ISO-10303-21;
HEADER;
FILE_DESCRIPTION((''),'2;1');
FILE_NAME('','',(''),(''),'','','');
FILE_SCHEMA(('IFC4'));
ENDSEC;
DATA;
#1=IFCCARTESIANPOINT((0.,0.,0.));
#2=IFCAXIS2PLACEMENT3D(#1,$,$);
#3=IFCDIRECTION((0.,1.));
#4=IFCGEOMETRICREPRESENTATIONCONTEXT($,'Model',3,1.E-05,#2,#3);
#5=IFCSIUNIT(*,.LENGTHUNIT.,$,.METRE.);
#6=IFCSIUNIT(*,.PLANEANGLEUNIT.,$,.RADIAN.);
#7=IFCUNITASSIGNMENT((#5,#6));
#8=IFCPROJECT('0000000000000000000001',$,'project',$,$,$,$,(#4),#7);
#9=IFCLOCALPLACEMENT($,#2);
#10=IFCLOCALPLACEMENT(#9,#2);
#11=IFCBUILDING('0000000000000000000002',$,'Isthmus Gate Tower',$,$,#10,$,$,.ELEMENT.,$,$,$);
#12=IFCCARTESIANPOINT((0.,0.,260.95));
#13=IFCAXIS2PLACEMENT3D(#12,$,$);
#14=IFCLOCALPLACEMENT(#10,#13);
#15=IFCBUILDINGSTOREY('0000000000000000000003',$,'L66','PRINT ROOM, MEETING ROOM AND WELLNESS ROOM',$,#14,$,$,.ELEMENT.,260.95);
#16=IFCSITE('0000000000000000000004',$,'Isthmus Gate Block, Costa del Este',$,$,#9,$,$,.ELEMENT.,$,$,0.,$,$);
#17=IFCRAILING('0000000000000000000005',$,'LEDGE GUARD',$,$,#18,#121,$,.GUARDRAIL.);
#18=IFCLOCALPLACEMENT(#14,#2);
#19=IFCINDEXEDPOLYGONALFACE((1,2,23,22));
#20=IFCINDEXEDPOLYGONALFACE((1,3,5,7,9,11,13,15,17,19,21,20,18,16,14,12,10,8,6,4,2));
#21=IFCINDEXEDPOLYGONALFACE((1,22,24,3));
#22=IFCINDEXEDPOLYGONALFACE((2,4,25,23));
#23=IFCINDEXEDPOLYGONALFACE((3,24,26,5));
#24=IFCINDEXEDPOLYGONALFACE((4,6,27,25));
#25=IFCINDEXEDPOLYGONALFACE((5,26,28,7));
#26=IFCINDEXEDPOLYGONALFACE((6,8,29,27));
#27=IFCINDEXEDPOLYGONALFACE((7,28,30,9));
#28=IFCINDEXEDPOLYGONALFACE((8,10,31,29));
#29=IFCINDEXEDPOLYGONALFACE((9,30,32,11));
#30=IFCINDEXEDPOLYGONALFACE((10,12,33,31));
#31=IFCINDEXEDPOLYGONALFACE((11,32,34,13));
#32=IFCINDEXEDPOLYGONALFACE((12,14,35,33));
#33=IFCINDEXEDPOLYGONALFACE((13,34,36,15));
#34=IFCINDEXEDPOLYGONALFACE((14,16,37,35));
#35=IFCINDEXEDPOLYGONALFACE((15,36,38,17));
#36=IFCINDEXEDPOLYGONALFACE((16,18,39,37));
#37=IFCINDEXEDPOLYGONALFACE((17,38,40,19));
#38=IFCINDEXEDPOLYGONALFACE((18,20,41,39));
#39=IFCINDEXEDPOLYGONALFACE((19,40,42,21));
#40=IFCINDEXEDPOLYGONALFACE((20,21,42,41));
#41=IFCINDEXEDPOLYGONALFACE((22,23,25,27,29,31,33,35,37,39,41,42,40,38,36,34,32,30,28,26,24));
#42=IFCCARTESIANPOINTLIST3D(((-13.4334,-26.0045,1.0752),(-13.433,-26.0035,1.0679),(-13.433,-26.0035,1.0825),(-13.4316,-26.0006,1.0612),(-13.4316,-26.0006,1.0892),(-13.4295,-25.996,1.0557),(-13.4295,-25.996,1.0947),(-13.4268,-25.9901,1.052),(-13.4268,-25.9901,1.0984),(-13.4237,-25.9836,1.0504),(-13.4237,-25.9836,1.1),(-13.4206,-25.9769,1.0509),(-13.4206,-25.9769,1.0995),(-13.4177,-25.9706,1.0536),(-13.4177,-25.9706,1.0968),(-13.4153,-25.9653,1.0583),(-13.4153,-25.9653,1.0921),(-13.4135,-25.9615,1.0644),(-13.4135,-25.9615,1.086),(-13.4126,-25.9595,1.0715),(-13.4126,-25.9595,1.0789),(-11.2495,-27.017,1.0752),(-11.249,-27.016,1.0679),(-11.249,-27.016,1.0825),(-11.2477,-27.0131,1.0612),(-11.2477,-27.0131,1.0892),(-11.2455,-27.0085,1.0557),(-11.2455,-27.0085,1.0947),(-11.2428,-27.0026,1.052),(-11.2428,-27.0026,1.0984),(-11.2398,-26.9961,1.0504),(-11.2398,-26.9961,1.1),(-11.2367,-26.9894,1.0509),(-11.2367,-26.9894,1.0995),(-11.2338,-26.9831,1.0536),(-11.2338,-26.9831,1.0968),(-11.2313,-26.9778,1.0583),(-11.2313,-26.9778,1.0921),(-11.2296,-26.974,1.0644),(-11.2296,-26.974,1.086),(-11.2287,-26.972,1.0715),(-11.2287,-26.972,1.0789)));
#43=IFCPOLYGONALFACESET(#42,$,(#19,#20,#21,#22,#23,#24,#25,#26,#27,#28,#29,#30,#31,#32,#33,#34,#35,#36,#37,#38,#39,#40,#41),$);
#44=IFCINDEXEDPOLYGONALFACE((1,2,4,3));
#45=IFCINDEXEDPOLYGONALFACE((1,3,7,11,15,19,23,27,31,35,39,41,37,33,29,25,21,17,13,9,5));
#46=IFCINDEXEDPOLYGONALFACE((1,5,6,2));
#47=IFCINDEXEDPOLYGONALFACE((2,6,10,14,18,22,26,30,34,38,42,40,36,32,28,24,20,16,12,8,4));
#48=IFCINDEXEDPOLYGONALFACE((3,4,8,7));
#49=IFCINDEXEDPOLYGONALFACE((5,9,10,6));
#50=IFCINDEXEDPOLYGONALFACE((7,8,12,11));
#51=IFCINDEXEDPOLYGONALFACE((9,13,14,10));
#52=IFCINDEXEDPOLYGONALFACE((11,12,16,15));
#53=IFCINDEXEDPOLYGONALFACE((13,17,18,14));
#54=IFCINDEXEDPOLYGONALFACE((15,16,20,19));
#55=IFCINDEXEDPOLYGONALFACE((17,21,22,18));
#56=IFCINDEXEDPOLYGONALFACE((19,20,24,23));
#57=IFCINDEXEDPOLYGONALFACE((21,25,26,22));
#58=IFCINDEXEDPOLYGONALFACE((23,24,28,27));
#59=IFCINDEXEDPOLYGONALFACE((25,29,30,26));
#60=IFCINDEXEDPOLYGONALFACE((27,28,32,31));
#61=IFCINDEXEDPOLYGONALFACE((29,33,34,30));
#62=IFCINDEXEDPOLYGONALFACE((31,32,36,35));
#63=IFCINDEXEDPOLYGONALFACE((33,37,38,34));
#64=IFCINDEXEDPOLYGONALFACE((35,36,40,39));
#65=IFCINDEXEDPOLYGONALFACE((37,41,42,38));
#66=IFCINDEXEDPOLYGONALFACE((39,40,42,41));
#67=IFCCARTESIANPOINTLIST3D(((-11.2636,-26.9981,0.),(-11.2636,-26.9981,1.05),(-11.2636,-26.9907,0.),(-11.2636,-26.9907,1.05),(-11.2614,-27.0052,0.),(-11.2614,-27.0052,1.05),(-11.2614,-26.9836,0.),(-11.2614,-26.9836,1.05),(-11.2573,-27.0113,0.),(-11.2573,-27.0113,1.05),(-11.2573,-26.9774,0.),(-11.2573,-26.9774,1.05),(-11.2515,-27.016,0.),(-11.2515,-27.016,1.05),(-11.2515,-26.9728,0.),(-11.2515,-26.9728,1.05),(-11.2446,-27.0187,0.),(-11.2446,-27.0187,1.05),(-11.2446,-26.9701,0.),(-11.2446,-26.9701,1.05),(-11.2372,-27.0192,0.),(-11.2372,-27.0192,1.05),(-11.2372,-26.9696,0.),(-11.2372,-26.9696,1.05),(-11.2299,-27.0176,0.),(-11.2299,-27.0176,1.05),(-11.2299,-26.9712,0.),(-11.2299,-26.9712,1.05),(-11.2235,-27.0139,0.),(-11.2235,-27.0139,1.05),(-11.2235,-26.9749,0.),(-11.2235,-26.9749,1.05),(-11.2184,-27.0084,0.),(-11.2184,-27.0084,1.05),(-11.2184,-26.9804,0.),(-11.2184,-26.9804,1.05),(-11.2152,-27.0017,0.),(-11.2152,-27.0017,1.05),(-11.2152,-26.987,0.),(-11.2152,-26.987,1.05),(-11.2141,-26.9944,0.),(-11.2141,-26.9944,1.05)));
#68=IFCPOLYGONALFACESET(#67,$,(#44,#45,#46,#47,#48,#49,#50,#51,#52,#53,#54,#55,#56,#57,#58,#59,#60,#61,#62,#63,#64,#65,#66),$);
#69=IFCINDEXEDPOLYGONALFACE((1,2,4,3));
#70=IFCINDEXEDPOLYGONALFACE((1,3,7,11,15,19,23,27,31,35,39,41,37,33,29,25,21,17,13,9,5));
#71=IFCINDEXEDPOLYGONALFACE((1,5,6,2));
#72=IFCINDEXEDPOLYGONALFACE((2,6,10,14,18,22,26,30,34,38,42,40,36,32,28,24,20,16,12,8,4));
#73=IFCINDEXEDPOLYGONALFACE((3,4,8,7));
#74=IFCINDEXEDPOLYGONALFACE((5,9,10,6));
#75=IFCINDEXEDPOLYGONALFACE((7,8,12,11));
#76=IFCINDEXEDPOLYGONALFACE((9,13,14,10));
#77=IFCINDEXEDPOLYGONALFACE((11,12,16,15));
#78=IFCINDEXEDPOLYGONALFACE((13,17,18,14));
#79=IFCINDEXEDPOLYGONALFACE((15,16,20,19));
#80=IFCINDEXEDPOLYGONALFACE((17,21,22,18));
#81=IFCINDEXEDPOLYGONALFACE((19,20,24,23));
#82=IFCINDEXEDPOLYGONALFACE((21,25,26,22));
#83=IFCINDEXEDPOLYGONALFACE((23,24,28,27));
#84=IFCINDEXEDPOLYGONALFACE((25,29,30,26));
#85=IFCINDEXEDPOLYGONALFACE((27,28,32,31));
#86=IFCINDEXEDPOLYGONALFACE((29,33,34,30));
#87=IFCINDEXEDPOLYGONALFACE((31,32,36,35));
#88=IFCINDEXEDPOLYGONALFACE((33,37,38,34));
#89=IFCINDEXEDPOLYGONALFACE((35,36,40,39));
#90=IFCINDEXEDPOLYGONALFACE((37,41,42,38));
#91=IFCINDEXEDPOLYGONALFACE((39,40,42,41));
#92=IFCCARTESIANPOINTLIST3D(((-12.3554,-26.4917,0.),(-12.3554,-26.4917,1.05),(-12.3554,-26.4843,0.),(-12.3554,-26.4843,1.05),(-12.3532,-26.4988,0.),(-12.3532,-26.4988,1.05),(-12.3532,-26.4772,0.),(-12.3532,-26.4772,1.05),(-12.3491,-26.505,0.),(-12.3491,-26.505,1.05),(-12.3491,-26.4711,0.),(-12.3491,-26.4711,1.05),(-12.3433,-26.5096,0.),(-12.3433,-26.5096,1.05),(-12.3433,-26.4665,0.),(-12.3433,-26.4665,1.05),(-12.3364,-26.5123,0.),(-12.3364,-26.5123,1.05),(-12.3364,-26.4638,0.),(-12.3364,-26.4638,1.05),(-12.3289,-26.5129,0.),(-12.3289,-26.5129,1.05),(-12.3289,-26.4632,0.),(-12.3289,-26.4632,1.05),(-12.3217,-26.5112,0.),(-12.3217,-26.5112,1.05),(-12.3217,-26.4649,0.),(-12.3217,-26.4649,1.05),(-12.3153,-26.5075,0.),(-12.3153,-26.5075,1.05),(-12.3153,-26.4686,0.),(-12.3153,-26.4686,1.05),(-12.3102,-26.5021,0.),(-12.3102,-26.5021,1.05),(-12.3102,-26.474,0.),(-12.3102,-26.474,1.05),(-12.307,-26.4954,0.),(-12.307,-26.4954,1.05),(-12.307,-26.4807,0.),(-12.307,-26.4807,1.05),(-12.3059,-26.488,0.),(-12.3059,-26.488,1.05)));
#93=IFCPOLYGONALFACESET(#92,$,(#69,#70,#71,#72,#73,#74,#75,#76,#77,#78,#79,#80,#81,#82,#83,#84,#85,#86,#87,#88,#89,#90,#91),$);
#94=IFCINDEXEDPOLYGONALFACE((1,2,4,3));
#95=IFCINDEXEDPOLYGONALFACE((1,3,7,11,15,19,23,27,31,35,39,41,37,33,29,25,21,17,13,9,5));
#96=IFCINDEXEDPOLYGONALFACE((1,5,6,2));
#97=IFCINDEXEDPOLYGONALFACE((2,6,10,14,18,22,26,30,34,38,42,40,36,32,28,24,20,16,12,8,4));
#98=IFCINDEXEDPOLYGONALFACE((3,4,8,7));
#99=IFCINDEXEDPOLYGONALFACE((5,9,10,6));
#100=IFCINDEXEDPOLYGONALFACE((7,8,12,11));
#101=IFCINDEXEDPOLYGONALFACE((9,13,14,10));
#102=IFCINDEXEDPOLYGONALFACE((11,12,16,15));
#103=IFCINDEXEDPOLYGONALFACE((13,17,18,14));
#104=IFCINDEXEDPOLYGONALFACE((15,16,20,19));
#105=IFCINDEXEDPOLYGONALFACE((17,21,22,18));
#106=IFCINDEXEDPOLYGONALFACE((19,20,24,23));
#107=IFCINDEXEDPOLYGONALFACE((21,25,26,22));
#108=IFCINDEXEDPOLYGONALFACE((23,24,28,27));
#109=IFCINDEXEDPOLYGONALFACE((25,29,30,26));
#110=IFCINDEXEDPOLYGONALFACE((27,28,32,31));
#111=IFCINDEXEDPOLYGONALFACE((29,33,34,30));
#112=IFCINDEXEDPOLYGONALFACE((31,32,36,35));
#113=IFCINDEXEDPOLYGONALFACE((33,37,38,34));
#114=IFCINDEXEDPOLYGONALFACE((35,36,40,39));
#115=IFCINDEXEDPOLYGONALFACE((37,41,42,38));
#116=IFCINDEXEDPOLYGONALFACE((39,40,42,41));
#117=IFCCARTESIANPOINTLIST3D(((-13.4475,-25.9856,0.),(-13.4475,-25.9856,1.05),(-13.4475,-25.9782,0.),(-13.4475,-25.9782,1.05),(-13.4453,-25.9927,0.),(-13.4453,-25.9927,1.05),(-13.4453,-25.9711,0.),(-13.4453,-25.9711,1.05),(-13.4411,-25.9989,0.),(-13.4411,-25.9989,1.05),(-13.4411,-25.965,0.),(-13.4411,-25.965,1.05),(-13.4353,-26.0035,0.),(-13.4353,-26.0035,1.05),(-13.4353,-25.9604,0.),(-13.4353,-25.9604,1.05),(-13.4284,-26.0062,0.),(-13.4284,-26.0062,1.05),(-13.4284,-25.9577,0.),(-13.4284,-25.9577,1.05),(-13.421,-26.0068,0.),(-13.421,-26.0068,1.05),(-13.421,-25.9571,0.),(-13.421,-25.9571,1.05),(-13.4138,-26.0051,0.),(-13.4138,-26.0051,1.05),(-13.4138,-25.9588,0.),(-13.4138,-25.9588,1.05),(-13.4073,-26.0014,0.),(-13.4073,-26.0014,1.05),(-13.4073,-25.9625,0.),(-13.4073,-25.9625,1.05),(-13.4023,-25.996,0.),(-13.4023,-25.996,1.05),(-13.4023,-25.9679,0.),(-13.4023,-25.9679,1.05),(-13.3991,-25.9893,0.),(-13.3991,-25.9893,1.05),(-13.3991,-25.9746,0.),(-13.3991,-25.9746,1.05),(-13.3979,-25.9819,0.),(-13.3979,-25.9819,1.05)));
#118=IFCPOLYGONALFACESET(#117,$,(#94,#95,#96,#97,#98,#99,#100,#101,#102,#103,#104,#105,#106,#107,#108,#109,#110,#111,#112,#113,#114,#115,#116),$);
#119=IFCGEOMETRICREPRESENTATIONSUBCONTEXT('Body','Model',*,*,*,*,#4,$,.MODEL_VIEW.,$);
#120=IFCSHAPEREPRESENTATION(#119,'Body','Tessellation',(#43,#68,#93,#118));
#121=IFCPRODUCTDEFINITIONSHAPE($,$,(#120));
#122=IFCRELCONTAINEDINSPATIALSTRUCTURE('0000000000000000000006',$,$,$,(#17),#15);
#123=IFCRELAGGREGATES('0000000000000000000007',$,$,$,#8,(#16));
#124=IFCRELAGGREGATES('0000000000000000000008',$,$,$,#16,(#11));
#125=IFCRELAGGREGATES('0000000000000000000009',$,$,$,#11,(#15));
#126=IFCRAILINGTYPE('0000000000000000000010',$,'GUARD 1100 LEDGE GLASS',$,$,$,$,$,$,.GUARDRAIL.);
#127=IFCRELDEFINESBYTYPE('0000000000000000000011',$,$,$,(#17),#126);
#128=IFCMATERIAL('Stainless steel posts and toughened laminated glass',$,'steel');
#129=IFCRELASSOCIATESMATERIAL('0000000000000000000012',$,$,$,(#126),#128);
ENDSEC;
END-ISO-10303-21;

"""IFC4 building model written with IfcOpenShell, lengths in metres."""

from ifc_helpers import new_model, si_unit, direction, frame, origin, origin_2d, place, context, subcontext, project, spatial, circle, extrude, material, type_object, element, save


model = new_model("IFC4")

# Units and contexts
model_context = context("Model", 3, precision=1e-05, world=origin(), true_north=direction((0.0, 1.0)))
body_context = subcontext(model_context, "Body", "Model", "MODEL_VIEW")
ifc_project = project(units=[si_unit("LENGTHUNIT", "METRE"), si_unit("PLANEANGLEUNIT", "RADIAN")], contexts=[model_context])

# Site, building, storey
site_placement = place(None, origin())
site = spatial("IfcSite", under=ifc_project, at=site_placement, Name="Isthmus Gate Block, Costa del Este", CompositionType="ELEMENT", RefElevation=0.0)
building_placement = place(site_placement, origin())
building = spatial("IfcBuilding", under=site, at=building_placement, Name="Isthmus Gate Tower", CompositionType="ELEMENT")
storey_placement = place(building_placement, frame((0.0, 0.0, 260.95)))
storey = spatial("IfcBuildingStorey", under=building, at=storey_placement, Name="L66", Description="PRINT ROOM, MEETING ROOM AND WELLNESS ROOM", CompositionType="ELEMENT", Elevation=260.95)

# Railing
ifc_material_1 = material(Name="Stainless steel posts and toughened laminated glass", Category="steel")
railing_type_1 = type_object("IfcRailingType", Name="GUARD 1100 LEDGE GLASS", PredefinedType="GUARDRAIL", material=ifc_material_1)
railing_1_placement = place(storey_placement, frame((-11.239, -26.9944, 0.0)))
element("IfcRailing", 1, at=railing_1_placement, inside=storey, type_object=railing_type_1, Name="LEDGE GUARD", PredefinedType="GUARDRAIL", context=body_context, shape_type="SweptSolid", body=[
    extrude(circle(Radius=0.0249, at=origin_2d()), frame((0.0, 0.0, 1.0752), z_axis=(-0.907243, 0.420608, 0.0), x_axis=(-0.420608, -0.907243, 0.0)), (0.0, 0.0, 1.0), 2.4072),
    extrude(circle(Radius=0.0249, at=origin_2d()), origin(), (0.0, 0.0, 1.0), 1.05),
    extrude(circle(Radius=0.0249, at=origin_2d()), frame((-1.0918, 0.5063, 0.0)), (0.0, 0.0, 1.0), 1.05),
    extrude(circle(Radius=0.0249, at=origin_2d()), frame((-2.1838, 1.0125, 0.0)), (0.0, 0.0, 1.0), 1.05),
])

save(model, "model.ifc")
